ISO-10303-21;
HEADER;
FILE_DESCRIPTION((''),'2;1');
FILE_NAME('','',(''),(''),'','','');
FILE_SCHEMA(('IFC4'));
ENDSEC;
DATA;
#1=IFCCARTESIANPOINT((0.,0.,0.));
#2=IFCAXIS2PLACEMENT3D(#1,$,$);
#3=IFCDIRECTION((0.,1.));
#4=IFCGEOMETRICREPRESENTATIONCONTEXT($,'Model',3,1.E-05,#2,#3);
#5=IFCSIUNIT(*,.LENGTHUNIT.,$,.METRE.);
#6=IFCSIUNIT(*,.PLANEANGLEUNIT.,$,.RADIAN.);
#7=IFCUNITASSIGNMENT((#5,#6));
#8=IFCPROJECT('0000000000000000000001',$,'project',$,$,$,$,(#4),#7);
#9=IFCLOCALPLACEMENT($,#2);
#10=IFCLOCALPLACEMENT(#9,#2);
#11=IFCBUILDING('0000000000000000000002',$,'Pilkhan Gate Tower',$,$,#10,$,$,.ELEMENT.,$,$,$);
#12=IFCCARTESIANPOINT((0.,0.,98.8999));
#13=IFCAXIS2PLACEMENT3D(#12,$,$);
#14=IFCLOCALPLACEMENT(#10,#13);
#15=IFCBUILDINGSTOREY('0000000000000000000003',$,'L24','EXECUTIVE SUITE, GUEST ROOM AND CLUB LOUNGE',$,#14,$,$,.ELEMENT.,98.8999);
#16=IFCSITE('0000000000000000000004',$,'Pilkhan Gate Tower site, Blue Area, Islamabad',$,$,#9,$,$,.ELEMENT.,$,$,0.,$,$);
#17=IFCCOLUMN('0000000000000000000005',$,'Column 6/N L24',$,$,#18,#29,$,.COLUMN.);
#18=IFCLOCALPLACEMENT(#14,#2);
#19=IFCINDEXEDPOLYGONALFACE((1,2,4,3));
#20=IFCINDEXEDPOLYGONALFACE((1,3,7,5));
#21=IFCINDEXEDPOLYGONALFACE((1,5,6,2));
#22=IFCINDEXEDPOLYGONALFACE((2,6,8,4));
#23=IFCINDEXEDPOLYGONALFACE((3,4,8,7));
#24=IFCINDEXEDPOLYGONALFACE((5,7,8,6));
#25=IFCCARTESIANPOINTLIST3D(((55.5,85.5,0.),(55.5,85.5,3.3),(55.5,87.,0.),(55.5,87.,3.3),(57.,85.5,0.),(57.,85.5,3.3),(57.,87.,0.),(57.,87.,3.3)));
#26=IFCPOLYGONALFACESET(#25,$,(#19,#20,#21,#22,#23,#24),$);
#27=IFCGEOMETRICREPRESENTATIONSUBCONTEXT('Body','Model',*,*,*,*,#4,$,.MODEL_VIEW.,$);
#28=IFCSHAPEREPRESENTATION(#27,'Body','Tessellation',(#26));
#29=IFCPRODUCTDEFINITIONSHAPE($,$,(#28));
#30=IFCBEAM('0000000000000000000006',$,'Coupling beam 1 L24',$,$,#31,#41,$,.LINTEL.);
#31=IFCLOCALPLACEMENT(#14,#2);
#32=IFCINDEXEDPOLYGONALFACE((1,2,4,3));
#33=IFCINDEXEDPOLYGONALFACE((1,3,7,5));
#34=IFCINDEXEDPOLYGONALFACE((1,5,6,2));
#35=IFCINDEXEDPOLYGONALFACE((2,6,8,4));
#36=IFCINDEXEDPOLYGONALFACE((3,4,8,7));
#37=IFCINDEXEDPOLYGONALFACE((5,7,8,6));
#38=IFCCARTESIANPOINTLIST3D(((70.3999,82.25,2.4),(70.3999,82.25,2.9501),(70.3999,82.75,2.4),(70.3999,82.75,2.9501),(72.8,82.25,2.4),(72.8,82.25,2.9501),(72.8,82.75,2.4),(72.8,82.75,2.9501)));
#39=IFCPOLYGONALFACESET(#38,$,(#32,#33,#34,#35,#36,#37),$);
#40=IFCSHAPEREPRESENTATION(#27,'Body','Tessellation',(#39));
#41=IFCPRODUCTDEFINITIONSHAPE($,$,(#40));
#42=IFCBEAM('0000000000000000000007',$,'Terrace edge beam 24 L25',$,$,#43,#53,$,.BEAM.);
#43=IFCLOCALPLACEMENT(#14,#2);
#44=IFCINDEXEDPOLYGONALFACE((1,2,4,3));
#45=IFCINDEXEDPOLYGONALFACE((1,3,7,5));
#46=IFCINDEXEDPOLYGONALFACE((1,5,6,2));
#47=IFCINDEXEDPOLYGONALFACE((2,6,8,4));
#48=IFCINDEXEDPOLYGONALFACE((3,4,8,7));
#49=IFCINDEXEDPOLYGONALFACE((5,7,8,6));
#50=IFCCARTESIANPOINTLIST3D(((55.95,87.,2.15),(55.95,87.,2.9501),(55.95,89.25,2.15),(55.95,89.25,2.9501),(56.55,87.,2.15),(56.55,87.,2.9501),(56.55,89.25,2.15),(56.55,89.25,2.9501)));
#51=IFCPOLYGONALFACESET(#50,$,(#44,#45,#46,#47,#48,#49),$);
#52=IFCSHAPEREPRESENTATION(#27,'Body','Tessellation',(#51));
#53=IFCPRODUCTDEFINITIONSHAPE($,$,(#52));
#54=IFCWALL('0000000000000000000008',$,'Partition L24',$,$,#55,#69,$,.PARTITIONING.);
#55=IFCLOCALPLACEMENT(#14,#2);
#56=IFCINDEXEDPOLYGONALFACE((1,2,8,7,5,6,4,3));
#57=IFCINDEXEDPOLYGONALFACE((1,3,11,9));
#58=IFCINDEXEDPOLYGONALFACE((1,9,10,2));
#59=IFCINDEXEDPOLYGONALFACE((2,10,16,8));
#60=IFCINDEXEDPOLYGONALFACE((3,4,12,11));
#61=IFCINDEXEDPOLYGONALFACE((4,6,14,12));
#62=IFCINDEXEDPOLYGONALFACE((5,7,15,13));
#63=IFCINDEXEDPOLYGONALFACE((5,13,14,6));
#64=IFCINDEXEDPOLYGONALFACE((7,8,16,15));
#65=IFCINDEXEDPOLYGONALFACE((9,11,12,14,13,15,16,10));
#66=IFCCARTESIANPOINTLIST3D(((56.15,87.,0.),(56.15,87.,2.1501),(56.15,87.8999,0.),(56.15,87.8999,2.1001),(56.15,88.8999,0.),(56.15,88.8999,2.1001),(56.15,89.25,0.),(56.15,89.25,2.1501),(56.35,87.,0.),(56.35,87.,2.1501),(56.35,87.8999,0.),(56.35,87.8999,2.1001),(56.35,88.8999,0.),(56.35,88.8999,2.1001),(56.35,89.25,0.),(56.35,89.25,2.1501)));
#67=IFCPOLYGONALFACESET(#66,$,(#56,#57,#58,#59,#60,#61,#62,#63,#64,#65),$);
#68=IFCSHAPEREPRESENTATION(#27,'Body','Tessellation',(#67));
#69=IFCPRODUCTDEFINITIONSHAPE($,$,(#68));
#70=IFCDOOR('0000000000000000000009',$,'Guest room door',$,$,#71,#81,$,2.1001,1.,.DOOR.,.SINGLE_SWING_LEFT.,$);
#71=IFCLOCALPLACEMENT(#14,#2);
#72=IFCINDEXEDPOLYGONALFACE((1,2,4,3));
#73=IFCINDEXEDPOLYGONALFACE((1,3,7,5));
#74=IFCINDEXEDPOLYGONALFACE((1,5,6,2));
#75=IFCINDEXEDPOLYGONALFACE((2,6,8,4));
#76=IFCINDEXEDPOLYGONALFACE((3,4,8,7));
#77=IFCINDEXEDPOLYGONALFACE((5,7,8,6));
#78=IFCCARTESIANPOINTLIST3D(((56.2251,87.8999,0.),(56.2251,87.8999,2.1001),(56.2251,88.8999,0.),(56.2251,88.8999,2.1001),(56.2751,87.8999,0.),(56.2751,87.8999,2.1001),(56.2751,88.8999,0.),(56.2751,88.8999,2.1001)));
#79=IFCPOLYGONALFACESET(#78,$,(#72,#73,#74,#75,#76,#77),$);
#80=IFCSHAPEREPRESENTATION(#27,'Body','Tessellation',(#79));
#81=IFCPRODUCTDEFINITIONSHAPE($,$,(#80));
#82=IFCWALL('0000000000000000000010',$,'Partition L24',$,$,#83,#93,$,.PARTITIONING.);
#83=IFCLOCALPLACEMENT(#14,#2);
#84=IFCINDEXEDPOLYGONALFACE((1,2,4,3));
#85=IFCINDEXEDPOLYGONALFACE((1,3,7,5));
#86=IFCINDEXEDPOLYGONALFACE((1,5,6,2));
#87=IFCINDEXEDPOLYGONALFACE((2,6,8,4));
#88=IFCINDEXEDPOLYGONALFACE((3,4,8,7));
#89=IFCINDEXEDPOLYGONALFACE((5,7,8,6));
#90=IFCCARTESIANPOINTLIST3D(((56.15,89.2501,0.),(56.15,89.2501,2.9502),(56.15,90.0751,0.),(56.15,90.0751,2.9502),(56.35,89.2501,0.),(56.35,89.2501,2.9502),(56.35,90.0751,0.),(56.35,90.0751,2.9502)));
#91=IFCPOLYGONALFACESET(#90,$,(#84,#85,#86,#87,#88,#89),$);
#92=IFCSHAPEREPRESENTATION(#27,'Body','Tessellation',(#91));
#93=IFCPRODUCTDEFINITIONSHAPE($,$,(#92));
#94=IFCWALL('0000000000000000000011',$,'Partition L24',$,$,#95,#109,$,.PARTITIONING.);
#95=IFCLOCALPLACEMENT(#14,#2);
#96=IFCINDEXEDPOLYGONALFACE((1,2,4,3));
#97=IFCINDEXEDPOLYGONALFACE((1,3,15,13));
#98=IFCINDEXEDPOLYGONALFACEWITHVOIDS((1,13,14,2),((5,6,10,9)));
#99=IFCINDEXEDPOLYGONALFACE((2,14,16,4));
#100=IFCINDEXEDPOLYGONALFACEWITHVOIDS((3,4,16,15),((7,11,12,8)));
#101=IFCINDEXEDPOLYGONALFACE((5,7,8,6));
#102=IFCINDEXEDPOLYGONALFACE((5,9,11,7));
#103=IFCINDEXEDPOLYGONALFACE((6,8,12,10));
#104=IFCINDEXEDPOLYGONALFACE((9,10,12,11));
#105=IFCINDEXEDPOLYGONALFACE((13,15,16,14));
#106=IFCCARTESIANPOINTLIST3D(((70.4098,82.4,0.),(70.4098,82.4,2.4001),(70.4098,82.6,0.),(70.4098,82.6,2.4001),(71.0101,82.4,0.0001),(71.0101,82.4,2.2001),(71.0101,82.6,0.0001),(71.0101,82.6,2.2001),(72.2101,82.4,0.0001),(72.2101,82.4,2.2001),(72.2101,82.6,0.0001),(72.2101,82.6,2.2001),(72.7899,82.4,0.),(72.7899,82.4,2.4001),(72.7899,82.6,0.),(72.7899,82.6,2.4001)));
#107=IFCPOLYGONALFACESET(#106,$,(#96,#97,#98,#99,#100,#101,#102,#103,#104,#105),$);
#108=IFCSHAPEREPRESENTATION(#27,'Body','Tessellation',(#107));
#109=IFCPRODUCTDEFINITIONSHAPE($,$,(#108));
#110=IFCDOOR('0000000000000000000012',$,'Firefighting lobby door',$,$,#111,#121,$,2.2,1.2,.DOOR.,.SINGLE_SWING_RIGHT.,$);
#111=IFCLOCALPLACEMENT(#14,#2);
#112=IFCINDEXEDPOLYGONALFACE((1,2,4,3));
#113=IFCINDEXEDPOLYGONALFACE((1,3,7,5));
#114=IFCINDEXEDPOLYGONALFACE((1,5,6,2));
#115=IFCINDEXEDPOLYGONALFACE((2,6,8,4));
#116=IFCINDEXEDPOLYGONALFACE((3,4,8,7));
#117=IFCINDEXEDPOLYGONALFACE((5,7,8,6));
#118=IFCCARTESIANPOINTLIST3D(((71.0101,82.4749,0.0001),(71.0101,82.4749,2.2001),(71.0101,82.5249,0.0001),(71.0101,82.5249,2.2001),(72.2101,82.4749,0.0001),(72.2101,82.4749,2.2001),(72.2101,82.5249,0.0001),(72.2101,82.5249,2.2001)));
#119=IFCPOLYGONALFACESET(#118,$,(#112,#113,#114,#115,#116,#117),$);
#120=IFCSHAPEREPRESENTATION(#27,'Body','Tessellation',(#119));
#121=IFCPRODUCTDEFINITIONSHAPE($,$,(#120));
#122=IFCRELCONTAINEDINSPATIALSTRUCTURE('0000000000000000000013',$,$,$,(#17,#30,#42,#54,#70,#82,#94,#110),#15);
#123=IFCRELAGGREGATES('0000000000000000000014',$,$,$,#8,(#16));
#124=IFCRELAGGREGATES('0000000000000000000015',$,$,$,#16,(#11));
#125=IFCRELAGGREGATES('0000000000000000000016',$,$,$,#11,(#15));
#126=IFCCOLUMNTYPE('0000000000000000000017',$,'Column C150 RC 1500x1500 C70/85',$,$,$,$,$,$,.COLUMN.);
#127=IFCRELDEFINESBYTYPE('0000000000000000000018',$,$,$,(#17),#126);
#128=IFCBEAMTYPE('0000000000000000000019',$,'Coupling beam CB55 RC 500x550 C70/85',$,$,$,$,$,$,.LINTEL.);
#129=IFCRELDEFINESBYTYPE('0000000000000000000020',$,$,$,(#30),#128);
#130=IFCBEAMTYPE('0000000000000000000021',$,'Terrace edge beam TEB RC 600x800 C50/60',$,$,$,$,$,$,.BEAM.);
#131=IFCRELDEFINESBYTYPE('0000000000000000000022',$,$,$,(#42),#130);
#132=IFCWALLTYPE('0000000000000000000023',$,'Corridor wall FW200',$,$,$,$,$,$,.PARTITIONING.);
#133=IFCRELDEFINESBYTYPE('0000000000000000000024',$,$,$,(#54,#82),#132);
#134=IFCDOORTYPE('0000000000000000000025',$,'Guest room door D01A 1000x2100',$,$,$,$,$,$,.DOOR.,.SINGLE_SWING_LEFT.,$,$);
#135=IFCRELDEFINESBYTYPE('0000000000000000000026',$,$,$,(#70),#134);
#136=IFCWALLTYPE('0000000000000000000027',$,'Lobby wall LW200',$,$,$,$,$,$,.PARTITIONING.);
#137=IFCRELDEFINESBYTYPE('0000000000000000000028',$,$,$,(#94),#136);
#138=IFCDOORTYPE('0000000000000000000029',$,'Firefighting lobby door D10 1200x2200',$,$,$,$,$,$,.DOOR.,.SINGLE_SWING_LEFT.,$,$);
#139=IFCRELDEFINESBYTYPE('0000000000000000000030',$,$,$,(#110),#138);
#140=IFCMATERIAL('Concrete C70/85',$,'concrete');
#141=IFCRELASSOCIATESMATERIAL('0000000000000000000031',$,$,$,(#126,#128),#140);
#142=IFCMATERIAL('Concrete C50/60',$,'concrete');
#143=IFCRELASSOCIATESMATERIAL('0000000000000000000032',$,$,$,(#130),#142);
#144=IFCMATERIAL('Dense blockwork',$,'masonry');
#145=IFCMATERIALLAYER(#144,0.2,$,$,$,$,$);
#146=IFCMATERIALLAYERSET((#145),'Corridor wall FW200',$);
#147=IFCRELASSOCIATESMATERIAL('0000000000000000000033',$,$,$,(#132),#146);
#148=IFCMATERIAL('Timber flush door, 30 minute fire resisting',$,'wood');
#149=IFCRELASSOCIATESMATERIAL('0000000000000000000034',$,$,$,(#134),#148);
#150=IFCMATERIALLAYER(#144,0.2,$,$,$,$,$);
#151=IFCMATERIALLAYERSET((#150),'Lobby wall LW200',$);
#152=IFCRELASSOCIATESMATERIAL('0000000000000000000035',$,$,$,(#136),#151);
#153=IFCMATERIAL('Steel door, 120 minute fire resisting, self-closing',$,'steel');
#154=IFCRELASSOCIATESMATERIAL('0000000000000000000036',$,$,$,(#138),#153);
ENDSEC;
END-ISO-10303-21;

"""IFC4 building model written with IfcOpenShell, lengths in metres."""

from ifc_helpers import new_model, si_unit, direction, frame, frame_2d, origin, origin_2d, place, context, subcontext, project, spatial, rectangle, extrude, material, layer, layer_set, material_profile, profile_set, type_object, element, fill, save


model = new_model("IFC4")

# Units and contexts
model_context = context("Model", 3, precision=1e-05, world=origin(), true_north=direction((0.0, 1.0)))
body_context = subcontext(model_context, "Body", "Model", "MODEL_VIEW")
ifc_project = project(units=[si_unit("LENGTHUNIT", "METRE"), si_unit("PLANEANGLEUNIT", "RADIAN")], contexts=[model_context])

# Site, building, storey
site_placement = place(None, origin())
site = spatial("IfcSite", under=ifc_project, at=site_placement, Name="Pilkhan Gate Tower site, Blue Area, Islamabad", CompositionType="ELEMENT", RefElevation=0.0)
building_placement = place(site_placement, origin())
building = spatial("IfcBuilding", under=site, at=building_placement, Name="Pilkhan Gate Tower", CompositionType="ELEMENT")
storey_placement = place(building_placement, frame((0.0, 0.0, 98.8999)))
storey = spatial("IfcBuildingStorey", under=building, at=storey_placement, Name="L24", Description="EXECUTIVE SUITE, GUEST ROOM AND CLUB LOUNGE", CompositionType="ELEMENT", Elevation=98.8999)

# Column
ifc_material_1 = material(Name="Concrete C70/85", Category="concrete")
ifc_material_profile_1 = material_profile(ifc_material_1, rectangle(XDim=1.5, YDim=1.5, at=origin_2d()), Name="RC 1500x1500")
ifc_profile_set_1 = profile_set([ifc_material_profile_1], Name="Concrete C70/85")
column_type = type_object("IfcColumnType", Name="Column C150 RC 1500x1500 C70/85", PredefinedType="COLUMN", material=ifc_profile_set_1)
column_placement = place(storey_placement, frame((56.25, 86.25, 0.0), z_axis=(0.0, 0.0, 1.0), x_axis=(1.0, 0.0, 0.0)))
element("IfcColumn", 1, at=column_placement, inside=storey, type_object=column_type, Name="Column 6/N L24", PredefinedType="COLUMN", context=body_context, shape_type="SweptSolid", body=[
    extrude(rectangle(XDim=1.5, YDim=1.5, at=origin_2d()), origin(), (0.0, 0.0, 1.0), 3.3),
])

# Beams
ifc_material_profile_2 = material_profile(ifc_material_1, rectangle(XDim=0.5, YDim=0.55, at=origin_2d()), Name="RC 500x550")
ifc_profile_set_2 = profile_set([ifc_material_profile_2], Name="Concrete C70/85")
beam_type_1 = type_object("IfcBeamType", Name="Coupling beam CB55 RC 500x550 C70/85", PredefinedType="LINTEL", material=ifc_profile_set_2)
beam_1_placement = place(storey_placement, frame((70.3999, 82.5, 2.675), z_axis=(1.0, 0.0, 0.0), x_axis=(0.0, 1.0, 0.0)))
element("IfcBeam", 2, at=beam_1_placement, inside=storey, type_object=beam_type_1, Name="Coupling beam 1 L24", PredefinedType="LINTEL", context=body_context, shape_type="SweptSolid", body=[
    extrude(rectangle(XDim=0.5, YDim=0.55, at=origin_2d()), origin(), (0.0, 0.0, 1.0), 2.4001),
])
ifc_material_2 = material(Name="Concrete C50/60", Category="concrete")
ifc_material_profile_3 = material_profile(ifc_material_2, rectangle(XDim=0.6001, YDim=0.8, at=origin_2d()), Name="RC 600x800")
ifc_profile_set_3 = profile_set([ifc_material_profile_3], Name="Concrete C50/60")
beam_type_2 = type_object("IfcBeamType", Name="Terrace edge beam TEB RC 600x800 C50/60", PredefinedType="BEAM", material=ifc_profile_set_3)
beam_2_placement = place(storey_placement, frame((56.25, 87.0, 2.55), z_axis=(0.0, 1.0, 0.0), x_axis=(-1.0, 0.0, 0.0)))
element("IfcBeam", 3, at=beam_2_placement, inside=storey, type_object=beam_type_2, Name="Terrace edge beam 24 L25", PredefinedType="BEAM", context=body_context, shape_type="SweptSolid", body=[
    extrude(rectangle(XDim=0.6001, YDim=0.8, at=origin_2d()), origin(), (0.0, 0.0, 1.0), 2.25),
])

# Wall, opening, door
ifc_material_3 = material(Name="Dense blockwork", Category="masonry")
ifc_layer_1 = layer(ifc_material_3, 0.2)
ifc_layer_set_1 = layer_set([ifc_layer_1], Name="Corridor wall FW200")
wall_type_1 = type_object("IfcWallType", Name="Corridor wall FW200", PredefinedType="PARTITIONING", material=ifc_layer_set_1)
wall_1_placement = place(storey_placement, frame((56.25, 87.0, 0.0), z_axis=(0.0, 0.0, 1.0), x_axis=(0.0, 1.0, 0.0)))
wall_1 = element("IfcWall", 4, at=wall_1_placement, inside=storey, type_object=wall_type_1, Name="Partition L24", PredefinedType="PARTITIONING", context=body_context, shape_type="SweptSolid", body=[
    extrude(rectangle(XDim=2.25, YDim=0.2, at=frame_2d((1.125, 0.0))), origin(), (0.0, 0.0, 1.0), 2.1501),
])
opening_1_placement = place(wall_1_placement, frame((0.8999, 0.0, 0.0)))
opening_1 = element("IfcOpeningElement", 5, at=opening_1_placement, cuts=wall_1, PredefinedType="OPENING", context=body_context, shape_type="SweptSolid", body=[
    extrude(rectangle(XDim=1.0, YDim=2.1001, at=frame_2d((0.5, 1.05))), frame((0.0, 0.1099, 0.0), z_axis=(0.0, -1.0, 0.0), x_axis=(1.0, 0.0, 0.0)), (0.0, 0.0, 1.0), 0.22),
])
ifc_material_4 = material(Name="Timber flush door, 30 minute fire resisting", Category="wood")
door_type_1 = type_object("IfcDoorType", Name="Guest room door D01A 1000x2100", OperationType="SINGLE_SWING_LEFT", PredefinedType="DOOR", material=ifc_material_4)
door_1_placement = place(opening_1_placement, origin())
door_1 = element("IfcDoor", 6, at=door_1_placement, inside=storey, type_object=door_type_1, Name="Guest room door", OperationType="SINGLE_SWING_LEFT", OverallHeight=2.1001, OverallWidth=1.0, PredefinedType="DOOR", context=body_context, shape_type="SweptSolid", body=[
    extrude(rectangle(XDim=1.0, YDim=2.1001, at=frame_2d((0.5, 1.05))), frame((0.0, 0.0249, 0.0), z_axis=(0.0, -1.0, 0.0), x_axis=(1.0, 0.0, 0.0)), (0.0, 0.0, 1.0), 0.05),
])
fill(opening_1, door_1)

# Wall
wall_2_placement = place(storey_placement, frame((56.25, 89.25, 0.0), z_axis=(0.0, 0.0, 1.0), x_axis=(0.0, 1.0, 0.0)))
element("IfcWall", 7, at=wall_2_placement, inside=storey, type_object=wall_type_1, Name="Partition L24", PredefinedType="PARTITIONING", context=body_context, shape_type="SweptSolid", body=[
    extrude(rectangle(XDim=0.825, YDim=0.2, at=frame_2d((0.4126, 0.0))), origin(), (0.0, 0.0, 1.0), 2.9502),
])

# Wall, opening, door
ifc_layer_2 = layer(ifc_material_3, 0.2)
ifc_layer_set_2 = layer_set([ifc_layer_2], Name="Lobby wall LW200")
wall_type_2 = type_object("IfcWallType", Name="Lobby wall LW200", PredefinedType="PARTITIONING", material=ifc_layer_set_2)
wall_3_placement = place(storey_placement, frame((70.4099, 82.5, 0.0), z_axis=(0.0, 0.0, 1.0), x_axis=(1.0, 0.0, 0.0)))
wall_3 = element("IfcWall", 8, at=wall_3_placement, inside=storey, type_object=wall_type_2, Name="Partition L24", PredefinedType="PARTITIONING", context=body_context, shape_type="SweptSolid", body=[
    extrude(rectangle(XDim=2.3801, YDim=0.2, at=frame_2d((1.1899, 0.0))), origin(), (0.0, 0.0, 1.0), 2.4001),
])
opening_2_placement = place(wall_3_placement, frame((0.6001, 0.0, 0.0)))
opening_2 = element("IfcOpeningElement", 9, at=opening_2_placement, cuts=wall_3, PredefinedType="OPENING", context=body_context, shape_type="SweptSolid", body=[
    extrude(rectangle(XDim=1.2, YDim=2.2, at=frame_2d((0.6001, 1.1001))), frame((0.0, 0.1099, 0.0), z_axis=(0.0, -1.0, 0.0), x_axis=(1.0, 0.0, 0.0)), (0.0, 0.0, 1.0), 0.22),
])
ifc_material_5 = material(Name="Steel door, 120 minute fire resisting, self-closing", Category="steel")
door_type_2 = type_object("IfcDoorType", Name="Firefighting lobby door D10 1200x2200", OperationType="SINGLE_SWING_LEFT", PredefinedType="DOOR", material=ifc_material_5)
door_2_placement = place(opening_2_placement, origin())
door_2 = element("IfcDoor", 10, at=door_2_placement, inside=storey, type_object=door_type_2, Name="Firefighting lobby door", OperationType="SINGLE_SWING_RIGHT", OverallHeight=2.2, OverallWidth=1.2, PredefinedType="DOOR", context=body_context, shape_type="SweptSolid", body=[
    extrude(rectangle(XDim=1.2, YDim=2.2, at=frame_2d((0.6001, 1.1001))), frame((0.0, 0.0249, 0.0), z_axis=(0.0, -1.0, 0.0), x_axis=(1.0, 0.0, 0.0)), (0.0, 0.0, 1.0), 0.05),
])
fill(opening_2, door_2)

save(model, "model.ifc")
